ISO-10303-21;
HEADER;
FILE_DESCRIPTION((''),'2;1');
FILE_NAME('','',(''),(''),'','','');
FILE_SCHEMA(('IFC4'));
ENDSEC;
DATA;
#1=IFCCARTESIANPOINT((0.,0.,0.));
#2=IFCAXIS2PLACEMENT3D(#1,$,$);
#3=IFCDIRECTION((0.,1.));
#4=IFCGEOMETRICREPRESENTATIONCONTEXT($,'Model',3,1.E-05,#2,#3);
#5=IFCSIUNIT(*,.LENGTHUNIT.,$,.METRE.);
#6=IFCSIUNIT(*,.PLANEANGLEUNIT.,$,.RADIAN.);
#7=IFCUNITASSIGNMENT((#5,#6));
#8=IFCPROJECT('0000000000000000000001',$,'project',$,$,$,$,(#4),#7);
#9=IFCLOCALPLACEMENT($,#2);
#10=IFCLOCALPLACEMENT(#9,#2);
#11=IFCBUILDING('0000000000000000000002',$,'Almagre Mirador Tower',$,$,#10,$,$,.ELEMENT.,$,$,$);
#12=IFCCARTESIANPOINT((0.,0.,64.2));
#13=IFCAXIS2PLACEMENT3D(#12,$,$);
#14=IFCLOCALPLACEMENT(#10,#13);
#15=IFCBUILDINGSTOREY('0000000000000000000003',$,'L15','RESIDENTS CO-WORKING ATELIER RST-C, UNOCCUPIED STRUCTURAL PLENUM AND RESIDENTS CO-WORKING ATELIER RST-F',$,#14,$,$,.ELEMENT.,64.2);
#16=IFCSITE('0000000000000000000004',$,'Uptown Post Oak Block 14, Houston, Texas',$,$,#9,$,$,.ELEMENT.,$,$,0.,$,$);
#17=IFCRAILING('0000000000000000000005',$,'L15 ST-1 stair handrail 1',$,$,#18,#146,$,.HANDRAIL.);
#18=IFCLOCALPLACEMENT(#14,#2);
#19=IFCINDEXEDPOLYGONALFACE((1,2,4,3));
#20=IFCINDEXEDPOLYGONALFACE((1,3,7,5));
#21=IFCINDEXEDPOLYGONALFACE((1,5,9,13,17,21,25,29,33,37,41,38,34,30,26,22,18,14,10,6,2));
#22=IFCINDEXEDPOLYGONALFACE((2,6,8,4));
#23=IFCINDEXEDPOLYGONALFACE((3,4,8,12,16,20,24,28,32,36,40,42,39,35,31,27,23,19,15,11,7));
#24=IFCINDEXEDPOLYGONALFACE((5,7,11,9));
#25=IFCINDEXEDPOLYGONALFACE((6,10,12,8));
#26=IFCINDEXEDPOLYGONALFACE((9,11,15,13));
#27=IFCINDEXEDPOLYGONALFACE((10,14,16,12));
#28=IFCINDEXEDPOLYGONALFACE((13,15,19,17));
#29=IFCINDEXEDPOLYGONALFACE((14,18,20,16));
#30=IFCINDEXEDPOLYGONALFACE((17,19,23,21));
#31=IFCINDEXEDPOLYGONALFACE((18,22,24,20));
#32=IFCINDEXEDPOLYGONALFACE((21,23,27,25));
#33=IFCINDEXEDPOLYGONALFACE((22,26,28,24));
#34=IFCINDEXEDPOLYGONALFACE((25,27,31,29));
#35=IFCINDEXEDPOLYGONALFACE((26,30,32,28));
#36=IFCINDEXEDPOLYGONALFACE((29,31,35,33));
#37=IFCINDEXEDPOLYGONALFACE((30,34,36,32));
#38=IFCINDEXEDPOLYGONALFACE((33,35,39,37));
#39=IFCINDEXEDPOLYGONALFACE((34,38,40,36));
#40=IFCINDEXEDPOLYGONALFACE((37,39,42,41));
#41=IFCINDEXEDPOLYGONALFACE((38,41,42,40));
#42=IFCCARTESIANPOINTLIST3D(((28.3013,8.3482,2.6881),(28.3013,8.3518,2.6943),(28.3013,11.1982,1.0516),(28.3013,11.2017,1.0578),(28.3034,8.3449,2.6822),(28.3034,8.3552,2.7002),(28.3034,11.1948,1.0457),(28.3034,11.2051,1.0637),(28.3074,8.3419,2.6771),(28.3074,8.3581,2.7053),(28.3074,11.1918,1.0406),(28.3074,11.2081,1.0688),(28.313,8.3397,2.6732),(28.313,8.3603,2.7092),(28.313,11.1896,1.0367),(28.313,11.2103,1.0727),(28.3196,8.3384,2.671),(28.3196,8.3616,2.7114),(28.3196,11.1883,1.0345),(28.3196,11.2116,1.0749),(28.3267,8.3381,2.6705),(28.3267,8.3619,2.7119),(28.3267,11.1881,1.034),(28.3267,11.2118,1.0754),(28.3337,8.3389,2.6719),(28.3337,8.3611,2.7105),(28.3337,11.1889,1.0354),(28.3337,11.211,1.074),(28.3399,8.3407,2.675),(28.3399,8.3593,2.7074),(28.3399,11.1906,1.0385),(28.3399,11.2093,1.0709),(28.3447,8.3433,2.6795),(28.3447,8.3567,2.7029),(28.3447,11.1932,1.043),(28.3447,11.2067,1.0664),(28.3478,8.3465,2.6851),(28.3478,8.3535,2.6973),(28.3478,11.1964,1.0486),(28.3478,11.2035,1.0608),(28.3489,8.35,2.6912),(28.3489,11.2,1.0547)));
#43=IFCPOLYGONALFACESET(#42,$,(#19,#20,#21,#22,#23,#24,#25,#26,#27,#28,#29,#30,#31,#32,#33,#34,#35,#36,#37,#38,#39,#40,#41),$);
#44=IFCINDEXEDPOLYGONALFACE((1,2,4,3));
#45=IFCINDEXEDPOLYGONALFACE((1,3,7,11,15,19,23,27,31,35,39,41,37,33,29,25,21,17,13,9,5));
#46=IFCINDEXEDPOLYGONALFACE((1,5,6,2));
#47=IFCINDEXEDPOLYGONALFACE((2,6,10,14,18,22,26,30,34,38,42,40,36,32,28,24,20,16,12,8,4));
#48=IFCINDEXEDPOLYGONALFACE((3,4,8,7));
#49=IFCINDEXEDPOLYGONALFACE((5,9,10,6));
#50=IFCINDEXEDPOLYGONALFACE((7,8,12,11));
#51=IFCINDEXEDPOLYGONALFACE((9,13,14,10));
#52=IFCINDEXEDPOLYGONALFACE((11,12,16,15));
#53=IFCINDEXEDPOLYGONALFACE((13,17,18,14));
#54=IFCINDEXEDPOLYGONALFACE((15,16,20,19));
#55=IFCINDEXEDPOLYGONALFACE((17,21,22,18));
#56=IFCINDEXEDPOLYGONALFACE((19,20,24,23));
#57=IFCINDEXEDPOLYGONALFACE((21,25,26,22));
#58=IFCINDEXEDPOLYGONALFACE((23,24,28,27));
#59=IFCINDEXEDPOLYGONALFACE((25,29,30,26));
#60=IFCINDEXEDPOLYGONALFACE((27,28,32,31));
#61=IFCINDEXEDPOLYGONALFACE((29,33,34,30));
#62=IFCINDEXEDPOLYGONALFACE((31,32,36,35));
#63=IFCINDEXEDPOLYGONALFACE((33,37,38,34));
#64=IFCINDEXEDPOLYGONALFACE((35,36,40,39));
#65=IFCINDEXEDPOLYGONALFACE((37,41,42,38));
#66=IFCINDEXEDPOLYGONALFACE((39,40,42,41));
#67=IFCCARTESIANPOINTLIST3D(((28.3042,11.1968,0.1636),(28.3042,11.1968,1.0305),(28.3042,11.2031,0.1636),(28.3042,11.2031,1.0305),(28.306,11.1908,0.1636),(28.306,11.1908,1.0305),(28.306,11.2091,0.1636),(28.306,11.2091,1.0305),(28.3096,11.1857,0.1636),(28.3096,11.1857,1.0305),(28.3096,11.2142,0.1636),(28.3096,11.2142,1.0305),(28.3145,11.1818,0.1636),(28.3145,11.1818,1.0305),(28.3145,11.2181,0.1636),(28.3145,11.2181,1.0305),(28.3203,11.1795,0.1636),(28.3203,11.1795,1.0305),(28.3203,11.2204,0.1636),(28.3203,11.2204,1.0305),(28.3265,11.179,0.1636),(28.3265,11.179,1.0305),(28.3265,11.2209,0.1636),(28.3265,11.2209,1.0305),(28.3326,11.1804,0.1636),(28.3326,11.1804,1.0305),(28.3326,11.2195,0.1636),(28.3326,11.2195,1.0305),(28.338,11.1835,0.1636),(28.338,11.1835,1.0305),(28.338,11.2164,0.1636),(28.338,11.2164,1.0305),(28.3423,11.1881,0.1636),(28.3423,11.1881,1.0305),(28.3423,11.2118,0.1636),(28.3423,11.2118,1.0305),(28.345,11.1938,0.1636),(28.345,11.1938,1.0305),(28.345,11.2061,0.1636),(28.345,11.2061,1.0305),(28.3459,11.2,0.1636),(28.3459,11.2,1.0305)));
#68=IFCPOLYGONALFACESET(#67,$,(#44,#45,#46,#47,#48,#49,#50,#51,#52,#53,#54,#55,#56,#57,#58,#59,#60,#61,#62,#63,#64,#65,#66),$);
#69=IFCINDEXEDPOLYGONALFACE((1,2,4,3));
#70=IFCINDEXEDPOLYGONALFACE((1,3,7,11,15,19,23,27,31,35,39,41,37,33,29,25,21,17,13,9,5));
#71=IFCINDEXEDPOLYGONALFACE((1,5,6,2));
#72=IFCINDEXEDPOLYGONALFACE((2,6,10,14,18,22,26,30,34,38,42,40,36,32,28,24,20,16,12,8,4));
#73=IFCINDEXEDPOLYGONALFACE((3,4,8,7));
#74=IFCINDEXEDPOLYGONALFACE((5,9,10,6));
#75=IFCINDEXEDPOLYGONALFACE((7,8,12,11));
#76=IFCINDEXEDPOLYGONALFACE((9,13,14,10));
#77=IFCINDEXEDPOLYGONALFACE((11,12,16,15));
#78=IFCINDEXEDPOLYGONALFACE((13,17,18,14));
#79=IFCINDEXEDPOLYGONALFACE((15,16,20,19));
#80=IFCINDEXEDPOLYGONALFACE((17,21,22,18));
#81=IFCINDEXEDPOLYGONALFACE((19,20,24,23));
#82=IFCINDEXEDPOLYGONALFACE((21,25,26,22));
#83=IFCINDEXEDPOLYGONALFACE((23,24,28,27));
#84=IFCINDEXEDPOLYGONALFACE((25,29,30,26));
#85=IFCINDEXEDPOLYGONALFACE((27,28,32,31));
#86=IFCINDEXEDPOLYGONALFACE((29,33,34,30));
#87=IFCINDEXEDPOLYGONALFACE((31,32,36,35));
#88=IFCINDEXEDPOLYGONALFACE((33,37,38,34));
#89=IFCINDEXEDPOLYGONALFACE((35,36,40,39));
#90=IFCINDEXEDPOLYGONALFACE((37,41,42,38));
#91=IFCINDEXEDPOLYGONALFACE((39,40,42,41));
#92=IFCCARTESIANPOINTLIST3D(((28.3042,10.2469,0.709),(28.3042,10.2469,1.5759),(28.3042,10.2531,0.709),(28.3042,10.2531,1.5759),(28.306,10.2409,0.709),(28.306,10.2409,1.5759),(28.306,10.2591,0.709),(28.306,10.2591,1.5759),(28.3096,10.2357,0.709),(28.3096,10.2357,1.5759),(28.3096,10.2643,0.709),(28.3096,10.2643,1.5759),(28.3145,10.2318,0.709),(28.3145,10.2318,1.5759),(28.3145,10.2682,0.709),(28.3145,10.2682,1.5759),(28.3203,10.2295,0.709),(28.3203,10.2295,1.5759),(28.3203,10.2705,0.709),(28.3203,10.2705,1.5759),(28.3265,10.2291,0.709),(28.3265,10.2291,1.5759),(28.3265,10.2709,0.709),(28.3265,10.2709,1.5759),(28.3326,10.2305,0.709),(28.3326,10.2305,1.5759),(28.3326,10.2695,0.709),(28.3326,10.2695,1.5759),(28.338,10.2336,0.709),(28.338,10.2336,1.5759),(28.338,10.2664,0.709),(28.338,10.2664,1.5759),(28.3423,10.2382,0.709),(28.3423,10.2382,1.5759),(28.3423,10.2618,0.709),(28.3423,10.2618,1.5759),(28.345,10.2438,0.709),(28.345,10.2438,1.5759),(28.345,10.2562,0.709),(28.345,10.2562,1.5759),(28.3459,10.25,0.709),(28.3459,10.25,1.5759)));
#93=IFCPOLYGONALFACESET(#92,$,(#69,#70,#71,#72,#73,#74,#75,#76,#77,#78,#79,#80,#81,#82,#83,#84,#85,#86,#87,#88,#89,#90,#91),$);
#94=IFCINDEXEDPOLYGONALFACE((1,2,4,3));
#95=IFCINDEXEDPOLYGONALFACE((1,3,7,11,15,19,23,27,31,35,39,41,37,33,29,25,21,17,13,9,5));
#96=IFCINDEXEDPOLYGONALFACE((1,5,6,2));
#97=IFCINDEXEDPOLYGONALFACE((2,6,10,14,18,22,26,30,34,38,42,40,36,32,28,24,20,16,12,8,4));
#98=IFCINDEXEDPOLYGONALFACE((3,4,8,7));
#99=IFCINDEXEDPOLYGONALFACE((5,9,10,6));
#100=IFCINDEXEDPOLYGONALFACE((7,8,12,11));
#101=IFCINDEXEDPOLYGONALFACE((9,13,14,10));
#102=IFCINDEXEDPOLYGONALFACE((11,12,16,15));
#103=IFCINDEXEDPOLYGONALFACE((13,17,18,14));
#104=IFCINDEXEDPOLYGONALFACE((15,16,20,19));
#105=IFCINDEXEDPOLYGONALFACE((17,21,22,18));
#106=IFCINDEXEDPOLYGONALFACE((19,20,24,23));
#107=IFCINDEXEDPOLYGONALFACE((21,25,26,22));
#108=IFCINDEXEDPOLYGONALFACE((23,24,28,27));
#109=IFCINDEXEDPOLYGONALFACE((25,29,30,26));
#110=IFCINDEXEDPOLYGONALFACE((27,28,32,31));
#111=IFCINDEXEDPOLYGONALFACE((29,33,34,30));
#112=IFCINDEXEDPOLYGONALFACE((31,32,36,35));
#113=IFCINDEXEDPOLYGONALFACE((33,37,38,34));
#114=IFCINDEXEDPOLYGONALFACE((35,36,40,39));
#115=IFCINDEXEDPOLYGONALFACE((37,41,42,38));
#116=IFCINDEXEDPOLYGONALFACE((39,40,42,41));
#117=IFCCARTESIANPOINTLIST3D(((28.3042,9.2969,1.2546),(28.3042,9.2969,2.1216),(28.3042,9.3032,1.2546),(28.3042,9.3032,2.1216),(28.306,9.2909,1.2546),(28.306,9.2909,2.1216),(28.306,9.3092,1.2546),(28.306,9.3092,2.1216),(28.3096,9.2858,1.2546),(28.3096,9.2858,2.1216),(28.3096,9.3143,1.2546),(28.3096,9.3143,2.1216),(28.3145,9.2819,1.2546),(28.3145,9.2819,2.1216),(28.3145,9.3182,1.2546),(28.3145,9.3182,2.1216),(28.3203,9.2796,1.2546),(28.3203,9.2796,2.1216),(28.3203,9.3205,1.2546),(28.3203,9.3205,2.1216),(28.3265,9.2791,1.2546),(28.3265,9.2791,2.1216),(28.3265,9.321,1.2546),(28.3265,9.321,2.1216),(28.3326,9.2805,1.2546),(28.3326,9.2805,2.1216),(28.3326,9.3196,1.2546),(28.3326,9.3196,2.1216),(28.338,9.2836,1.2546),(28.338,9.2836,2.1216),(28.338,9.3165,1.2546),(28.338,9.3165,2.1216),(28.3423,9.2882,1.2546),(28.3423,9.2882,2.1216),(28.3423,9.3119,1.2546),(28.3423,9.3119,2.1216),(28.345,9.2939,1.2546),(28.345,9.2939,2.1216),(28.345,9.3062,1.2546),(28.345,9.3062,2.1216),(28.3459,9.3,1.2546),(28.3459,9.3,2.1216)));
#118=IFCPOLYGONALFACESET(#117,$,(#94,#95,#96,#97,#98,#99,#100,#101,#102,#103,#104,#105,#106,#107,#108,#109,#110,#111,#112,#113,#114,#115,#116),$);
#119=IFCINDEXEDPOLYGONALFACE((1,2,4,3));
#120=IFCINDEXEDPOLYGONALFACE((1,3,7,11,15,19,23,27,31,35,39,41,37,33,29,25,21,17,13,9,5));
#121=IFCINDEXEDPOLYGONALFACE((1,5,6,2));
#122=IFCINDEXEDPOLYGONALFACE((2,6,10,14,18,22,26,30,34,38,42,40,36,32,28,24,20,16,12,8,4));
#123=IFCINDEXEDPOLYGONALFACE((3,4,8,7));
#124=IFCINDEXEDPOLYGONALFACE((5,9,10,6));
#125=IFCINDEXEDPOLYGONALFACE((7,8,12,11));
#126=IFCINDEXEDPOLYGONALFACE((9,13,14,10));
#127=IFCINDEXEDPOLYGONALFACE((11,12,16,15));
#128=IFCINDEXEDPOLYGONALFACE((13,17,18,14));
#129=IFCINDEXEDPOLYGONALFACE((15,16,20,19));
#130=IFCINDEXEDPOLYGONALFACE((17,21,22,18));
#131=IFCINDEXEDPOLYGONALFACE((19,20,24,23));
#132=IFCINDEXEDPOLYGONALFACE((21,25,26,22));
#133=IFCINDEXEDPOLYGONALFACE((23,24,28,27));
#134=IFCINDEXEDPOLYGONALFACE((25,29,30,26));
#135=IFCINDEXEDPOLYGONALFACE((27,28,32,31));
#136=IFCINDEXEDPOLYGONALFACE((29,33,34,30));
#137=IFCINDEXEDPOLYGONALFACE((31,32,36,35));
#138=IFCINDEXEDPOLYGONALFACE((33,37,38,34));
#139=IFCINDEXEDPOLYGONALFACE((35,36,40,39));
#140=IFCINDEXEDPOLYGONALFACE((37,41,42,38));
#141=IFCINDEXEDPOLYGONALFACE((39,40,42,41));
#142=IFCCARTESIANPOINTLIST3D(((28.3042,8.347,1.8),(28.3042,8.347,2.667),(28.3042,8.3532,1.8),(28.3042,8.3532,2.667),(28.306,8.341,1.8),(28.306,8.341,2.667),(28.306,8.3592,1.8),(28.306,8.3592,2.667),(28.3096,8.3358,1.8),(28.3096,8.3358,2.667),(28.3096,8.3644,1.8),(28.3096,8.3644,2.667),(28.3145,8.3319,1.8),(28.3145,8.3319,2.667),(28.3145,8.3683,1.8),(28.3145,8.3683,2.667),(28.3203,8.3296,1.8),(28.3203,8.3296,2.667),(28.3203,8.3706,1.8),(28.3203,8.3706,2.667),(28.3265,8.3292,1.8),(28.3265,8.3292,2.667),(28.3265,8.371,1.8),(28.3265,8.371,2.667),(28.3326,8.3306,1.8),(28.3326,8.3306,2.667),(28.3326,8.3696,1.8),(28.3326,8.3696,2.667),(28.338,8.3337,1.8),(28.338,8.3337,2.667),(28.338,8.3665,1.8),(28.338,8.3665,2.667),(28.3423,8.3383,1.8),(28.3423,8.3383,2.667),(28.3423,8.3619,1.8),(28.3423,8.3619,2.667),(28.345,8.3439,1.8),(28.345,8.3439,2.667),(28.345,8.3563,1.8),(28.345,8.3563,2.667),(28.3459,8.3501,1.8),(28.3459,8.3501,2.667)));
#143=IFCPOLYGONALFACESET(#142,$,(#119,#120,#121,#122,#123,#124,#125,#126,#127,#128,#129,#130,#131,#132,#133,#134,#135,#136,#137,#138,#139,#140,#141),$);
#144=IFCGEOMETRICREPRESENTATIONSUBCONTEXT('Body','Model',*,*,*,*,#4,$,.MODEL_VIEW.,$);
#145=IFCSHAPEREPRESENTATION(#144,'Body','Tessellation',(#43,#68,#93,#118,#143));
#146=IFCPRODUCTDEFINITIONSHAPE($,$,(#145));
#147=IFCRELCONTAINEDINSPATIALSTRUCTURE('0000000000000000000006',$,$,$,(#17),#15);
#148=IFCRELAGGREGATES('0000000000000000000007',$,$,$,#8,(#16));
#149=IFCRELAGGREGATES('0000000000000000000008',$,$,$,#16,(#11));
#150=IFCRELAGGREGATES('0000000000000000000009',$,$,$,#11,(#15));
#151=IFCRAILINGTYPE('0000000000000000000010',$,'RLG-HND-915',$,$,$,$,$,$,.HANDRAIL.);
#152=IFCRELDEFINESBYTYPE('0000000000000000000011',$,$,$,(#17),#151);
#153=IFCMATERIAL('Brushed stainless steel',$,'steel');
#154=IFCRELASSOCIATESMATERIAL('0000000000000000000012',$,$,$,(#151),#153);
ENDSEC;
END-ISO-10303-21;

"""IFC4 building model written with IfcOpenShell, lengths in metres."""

from ifc_helpers import new_model, si_unit, direction, frame, origin, origin_2d, place, context, subcontext, project, spatial, circle, extrude, material, type_object, element, save


model = new_model("IFC4")

# Units and contexts
model_context = context("Model", 3, precision=1e-05, world=origin(), true_north=direction((0.0, 1.0)))
body_context = subcontext(model_context, "Body", "Model", "MODEL_VIEW")
ifc_project = project(units=[si_unit("LENGTHUNIT", "METRE"), si_unit("PLANEANGLEUNIT", "RADIAN")], contexts=[model_context])

# Site, building, storey
site_placement = place(None, origin())
site = spatial("IfcSite", under=ifc_project, at=site_placement, Name="Uptown Post Oak Block 14, Houston, Texas", CompositionType="ELEMENT", RefElevation=0.0)
building_placement = place(site_placement, origin())
building = spatial("IfcBuilding", under=site, at=building_placement, Name="Almagre Mirador Tower", CompositionType="ELEMENT")
storey_placement = place(building_placement, frame((0.0, 0.0, 64.2)))
storey = spatial("IfcBuildingStorey", under=building, at=storey_placement, Name="L15", Description="RESIDENTS CO-WORKING ATELIER RST-C, UNOCCUPIED STRUCTURAL PLENUM AND RESIDENTS CO-WORKING ATELIER RST-F", CompositionType="ELEMENT", Elevation=64.2)

# Railing
ifc_material_1 = material(Name="Brushed stainless steel", Category="steel")
railing_type_1 = type_object("IfcRailingType", Name="RLG-HND-915", PredefinedType="HANDRAIL", material=ifc_material_1)
railing_1_placement = place(storey_placement, frame((28.325, 11.2, 0.1636)))
element("IfcRailing", 1, at=railing_1_placement, inside=storey, type_object=railing_type_1, Name="L15 ST-1 stair handrail 1", PredefinedType="HANDRAIL", context=body_context, shape_type="SweptSolid", body=[
    extrude(circle(Radius=0.0239, at=origin_2d()), frame((0.0, 0.0, 0.8911), z_axis=(0.0, -0.867194, 0.49797), x_axis=(1.0, 0.0, 0.0)), (0.0, 0.0, 1.0), 3.2864),
    extrude(circle(Radius=0.021, at=origin_2d()), origin(), (0.0, 0.0, 1.0), 0.8669),
    extrude(circle(Radius=0.021, at=origin_2d()), frame((0.0, -0.95, 0.5454)), (0.0, 0.0, 1.0), 0.8669),
    extrude(circle(Radius=0.021, at=origin_2d()), frame((0.0, -1.8999, 1.0911)), (0.0, 0.0, 1.0), 0.8669),
    extrude(circle(Radius=0.021, at=origin_2d()), frame((0.0, -2.8499, 1.6365)), (0.0, 0.0, 1.0), 0.8669),
])

save(model, "model.ifc")
